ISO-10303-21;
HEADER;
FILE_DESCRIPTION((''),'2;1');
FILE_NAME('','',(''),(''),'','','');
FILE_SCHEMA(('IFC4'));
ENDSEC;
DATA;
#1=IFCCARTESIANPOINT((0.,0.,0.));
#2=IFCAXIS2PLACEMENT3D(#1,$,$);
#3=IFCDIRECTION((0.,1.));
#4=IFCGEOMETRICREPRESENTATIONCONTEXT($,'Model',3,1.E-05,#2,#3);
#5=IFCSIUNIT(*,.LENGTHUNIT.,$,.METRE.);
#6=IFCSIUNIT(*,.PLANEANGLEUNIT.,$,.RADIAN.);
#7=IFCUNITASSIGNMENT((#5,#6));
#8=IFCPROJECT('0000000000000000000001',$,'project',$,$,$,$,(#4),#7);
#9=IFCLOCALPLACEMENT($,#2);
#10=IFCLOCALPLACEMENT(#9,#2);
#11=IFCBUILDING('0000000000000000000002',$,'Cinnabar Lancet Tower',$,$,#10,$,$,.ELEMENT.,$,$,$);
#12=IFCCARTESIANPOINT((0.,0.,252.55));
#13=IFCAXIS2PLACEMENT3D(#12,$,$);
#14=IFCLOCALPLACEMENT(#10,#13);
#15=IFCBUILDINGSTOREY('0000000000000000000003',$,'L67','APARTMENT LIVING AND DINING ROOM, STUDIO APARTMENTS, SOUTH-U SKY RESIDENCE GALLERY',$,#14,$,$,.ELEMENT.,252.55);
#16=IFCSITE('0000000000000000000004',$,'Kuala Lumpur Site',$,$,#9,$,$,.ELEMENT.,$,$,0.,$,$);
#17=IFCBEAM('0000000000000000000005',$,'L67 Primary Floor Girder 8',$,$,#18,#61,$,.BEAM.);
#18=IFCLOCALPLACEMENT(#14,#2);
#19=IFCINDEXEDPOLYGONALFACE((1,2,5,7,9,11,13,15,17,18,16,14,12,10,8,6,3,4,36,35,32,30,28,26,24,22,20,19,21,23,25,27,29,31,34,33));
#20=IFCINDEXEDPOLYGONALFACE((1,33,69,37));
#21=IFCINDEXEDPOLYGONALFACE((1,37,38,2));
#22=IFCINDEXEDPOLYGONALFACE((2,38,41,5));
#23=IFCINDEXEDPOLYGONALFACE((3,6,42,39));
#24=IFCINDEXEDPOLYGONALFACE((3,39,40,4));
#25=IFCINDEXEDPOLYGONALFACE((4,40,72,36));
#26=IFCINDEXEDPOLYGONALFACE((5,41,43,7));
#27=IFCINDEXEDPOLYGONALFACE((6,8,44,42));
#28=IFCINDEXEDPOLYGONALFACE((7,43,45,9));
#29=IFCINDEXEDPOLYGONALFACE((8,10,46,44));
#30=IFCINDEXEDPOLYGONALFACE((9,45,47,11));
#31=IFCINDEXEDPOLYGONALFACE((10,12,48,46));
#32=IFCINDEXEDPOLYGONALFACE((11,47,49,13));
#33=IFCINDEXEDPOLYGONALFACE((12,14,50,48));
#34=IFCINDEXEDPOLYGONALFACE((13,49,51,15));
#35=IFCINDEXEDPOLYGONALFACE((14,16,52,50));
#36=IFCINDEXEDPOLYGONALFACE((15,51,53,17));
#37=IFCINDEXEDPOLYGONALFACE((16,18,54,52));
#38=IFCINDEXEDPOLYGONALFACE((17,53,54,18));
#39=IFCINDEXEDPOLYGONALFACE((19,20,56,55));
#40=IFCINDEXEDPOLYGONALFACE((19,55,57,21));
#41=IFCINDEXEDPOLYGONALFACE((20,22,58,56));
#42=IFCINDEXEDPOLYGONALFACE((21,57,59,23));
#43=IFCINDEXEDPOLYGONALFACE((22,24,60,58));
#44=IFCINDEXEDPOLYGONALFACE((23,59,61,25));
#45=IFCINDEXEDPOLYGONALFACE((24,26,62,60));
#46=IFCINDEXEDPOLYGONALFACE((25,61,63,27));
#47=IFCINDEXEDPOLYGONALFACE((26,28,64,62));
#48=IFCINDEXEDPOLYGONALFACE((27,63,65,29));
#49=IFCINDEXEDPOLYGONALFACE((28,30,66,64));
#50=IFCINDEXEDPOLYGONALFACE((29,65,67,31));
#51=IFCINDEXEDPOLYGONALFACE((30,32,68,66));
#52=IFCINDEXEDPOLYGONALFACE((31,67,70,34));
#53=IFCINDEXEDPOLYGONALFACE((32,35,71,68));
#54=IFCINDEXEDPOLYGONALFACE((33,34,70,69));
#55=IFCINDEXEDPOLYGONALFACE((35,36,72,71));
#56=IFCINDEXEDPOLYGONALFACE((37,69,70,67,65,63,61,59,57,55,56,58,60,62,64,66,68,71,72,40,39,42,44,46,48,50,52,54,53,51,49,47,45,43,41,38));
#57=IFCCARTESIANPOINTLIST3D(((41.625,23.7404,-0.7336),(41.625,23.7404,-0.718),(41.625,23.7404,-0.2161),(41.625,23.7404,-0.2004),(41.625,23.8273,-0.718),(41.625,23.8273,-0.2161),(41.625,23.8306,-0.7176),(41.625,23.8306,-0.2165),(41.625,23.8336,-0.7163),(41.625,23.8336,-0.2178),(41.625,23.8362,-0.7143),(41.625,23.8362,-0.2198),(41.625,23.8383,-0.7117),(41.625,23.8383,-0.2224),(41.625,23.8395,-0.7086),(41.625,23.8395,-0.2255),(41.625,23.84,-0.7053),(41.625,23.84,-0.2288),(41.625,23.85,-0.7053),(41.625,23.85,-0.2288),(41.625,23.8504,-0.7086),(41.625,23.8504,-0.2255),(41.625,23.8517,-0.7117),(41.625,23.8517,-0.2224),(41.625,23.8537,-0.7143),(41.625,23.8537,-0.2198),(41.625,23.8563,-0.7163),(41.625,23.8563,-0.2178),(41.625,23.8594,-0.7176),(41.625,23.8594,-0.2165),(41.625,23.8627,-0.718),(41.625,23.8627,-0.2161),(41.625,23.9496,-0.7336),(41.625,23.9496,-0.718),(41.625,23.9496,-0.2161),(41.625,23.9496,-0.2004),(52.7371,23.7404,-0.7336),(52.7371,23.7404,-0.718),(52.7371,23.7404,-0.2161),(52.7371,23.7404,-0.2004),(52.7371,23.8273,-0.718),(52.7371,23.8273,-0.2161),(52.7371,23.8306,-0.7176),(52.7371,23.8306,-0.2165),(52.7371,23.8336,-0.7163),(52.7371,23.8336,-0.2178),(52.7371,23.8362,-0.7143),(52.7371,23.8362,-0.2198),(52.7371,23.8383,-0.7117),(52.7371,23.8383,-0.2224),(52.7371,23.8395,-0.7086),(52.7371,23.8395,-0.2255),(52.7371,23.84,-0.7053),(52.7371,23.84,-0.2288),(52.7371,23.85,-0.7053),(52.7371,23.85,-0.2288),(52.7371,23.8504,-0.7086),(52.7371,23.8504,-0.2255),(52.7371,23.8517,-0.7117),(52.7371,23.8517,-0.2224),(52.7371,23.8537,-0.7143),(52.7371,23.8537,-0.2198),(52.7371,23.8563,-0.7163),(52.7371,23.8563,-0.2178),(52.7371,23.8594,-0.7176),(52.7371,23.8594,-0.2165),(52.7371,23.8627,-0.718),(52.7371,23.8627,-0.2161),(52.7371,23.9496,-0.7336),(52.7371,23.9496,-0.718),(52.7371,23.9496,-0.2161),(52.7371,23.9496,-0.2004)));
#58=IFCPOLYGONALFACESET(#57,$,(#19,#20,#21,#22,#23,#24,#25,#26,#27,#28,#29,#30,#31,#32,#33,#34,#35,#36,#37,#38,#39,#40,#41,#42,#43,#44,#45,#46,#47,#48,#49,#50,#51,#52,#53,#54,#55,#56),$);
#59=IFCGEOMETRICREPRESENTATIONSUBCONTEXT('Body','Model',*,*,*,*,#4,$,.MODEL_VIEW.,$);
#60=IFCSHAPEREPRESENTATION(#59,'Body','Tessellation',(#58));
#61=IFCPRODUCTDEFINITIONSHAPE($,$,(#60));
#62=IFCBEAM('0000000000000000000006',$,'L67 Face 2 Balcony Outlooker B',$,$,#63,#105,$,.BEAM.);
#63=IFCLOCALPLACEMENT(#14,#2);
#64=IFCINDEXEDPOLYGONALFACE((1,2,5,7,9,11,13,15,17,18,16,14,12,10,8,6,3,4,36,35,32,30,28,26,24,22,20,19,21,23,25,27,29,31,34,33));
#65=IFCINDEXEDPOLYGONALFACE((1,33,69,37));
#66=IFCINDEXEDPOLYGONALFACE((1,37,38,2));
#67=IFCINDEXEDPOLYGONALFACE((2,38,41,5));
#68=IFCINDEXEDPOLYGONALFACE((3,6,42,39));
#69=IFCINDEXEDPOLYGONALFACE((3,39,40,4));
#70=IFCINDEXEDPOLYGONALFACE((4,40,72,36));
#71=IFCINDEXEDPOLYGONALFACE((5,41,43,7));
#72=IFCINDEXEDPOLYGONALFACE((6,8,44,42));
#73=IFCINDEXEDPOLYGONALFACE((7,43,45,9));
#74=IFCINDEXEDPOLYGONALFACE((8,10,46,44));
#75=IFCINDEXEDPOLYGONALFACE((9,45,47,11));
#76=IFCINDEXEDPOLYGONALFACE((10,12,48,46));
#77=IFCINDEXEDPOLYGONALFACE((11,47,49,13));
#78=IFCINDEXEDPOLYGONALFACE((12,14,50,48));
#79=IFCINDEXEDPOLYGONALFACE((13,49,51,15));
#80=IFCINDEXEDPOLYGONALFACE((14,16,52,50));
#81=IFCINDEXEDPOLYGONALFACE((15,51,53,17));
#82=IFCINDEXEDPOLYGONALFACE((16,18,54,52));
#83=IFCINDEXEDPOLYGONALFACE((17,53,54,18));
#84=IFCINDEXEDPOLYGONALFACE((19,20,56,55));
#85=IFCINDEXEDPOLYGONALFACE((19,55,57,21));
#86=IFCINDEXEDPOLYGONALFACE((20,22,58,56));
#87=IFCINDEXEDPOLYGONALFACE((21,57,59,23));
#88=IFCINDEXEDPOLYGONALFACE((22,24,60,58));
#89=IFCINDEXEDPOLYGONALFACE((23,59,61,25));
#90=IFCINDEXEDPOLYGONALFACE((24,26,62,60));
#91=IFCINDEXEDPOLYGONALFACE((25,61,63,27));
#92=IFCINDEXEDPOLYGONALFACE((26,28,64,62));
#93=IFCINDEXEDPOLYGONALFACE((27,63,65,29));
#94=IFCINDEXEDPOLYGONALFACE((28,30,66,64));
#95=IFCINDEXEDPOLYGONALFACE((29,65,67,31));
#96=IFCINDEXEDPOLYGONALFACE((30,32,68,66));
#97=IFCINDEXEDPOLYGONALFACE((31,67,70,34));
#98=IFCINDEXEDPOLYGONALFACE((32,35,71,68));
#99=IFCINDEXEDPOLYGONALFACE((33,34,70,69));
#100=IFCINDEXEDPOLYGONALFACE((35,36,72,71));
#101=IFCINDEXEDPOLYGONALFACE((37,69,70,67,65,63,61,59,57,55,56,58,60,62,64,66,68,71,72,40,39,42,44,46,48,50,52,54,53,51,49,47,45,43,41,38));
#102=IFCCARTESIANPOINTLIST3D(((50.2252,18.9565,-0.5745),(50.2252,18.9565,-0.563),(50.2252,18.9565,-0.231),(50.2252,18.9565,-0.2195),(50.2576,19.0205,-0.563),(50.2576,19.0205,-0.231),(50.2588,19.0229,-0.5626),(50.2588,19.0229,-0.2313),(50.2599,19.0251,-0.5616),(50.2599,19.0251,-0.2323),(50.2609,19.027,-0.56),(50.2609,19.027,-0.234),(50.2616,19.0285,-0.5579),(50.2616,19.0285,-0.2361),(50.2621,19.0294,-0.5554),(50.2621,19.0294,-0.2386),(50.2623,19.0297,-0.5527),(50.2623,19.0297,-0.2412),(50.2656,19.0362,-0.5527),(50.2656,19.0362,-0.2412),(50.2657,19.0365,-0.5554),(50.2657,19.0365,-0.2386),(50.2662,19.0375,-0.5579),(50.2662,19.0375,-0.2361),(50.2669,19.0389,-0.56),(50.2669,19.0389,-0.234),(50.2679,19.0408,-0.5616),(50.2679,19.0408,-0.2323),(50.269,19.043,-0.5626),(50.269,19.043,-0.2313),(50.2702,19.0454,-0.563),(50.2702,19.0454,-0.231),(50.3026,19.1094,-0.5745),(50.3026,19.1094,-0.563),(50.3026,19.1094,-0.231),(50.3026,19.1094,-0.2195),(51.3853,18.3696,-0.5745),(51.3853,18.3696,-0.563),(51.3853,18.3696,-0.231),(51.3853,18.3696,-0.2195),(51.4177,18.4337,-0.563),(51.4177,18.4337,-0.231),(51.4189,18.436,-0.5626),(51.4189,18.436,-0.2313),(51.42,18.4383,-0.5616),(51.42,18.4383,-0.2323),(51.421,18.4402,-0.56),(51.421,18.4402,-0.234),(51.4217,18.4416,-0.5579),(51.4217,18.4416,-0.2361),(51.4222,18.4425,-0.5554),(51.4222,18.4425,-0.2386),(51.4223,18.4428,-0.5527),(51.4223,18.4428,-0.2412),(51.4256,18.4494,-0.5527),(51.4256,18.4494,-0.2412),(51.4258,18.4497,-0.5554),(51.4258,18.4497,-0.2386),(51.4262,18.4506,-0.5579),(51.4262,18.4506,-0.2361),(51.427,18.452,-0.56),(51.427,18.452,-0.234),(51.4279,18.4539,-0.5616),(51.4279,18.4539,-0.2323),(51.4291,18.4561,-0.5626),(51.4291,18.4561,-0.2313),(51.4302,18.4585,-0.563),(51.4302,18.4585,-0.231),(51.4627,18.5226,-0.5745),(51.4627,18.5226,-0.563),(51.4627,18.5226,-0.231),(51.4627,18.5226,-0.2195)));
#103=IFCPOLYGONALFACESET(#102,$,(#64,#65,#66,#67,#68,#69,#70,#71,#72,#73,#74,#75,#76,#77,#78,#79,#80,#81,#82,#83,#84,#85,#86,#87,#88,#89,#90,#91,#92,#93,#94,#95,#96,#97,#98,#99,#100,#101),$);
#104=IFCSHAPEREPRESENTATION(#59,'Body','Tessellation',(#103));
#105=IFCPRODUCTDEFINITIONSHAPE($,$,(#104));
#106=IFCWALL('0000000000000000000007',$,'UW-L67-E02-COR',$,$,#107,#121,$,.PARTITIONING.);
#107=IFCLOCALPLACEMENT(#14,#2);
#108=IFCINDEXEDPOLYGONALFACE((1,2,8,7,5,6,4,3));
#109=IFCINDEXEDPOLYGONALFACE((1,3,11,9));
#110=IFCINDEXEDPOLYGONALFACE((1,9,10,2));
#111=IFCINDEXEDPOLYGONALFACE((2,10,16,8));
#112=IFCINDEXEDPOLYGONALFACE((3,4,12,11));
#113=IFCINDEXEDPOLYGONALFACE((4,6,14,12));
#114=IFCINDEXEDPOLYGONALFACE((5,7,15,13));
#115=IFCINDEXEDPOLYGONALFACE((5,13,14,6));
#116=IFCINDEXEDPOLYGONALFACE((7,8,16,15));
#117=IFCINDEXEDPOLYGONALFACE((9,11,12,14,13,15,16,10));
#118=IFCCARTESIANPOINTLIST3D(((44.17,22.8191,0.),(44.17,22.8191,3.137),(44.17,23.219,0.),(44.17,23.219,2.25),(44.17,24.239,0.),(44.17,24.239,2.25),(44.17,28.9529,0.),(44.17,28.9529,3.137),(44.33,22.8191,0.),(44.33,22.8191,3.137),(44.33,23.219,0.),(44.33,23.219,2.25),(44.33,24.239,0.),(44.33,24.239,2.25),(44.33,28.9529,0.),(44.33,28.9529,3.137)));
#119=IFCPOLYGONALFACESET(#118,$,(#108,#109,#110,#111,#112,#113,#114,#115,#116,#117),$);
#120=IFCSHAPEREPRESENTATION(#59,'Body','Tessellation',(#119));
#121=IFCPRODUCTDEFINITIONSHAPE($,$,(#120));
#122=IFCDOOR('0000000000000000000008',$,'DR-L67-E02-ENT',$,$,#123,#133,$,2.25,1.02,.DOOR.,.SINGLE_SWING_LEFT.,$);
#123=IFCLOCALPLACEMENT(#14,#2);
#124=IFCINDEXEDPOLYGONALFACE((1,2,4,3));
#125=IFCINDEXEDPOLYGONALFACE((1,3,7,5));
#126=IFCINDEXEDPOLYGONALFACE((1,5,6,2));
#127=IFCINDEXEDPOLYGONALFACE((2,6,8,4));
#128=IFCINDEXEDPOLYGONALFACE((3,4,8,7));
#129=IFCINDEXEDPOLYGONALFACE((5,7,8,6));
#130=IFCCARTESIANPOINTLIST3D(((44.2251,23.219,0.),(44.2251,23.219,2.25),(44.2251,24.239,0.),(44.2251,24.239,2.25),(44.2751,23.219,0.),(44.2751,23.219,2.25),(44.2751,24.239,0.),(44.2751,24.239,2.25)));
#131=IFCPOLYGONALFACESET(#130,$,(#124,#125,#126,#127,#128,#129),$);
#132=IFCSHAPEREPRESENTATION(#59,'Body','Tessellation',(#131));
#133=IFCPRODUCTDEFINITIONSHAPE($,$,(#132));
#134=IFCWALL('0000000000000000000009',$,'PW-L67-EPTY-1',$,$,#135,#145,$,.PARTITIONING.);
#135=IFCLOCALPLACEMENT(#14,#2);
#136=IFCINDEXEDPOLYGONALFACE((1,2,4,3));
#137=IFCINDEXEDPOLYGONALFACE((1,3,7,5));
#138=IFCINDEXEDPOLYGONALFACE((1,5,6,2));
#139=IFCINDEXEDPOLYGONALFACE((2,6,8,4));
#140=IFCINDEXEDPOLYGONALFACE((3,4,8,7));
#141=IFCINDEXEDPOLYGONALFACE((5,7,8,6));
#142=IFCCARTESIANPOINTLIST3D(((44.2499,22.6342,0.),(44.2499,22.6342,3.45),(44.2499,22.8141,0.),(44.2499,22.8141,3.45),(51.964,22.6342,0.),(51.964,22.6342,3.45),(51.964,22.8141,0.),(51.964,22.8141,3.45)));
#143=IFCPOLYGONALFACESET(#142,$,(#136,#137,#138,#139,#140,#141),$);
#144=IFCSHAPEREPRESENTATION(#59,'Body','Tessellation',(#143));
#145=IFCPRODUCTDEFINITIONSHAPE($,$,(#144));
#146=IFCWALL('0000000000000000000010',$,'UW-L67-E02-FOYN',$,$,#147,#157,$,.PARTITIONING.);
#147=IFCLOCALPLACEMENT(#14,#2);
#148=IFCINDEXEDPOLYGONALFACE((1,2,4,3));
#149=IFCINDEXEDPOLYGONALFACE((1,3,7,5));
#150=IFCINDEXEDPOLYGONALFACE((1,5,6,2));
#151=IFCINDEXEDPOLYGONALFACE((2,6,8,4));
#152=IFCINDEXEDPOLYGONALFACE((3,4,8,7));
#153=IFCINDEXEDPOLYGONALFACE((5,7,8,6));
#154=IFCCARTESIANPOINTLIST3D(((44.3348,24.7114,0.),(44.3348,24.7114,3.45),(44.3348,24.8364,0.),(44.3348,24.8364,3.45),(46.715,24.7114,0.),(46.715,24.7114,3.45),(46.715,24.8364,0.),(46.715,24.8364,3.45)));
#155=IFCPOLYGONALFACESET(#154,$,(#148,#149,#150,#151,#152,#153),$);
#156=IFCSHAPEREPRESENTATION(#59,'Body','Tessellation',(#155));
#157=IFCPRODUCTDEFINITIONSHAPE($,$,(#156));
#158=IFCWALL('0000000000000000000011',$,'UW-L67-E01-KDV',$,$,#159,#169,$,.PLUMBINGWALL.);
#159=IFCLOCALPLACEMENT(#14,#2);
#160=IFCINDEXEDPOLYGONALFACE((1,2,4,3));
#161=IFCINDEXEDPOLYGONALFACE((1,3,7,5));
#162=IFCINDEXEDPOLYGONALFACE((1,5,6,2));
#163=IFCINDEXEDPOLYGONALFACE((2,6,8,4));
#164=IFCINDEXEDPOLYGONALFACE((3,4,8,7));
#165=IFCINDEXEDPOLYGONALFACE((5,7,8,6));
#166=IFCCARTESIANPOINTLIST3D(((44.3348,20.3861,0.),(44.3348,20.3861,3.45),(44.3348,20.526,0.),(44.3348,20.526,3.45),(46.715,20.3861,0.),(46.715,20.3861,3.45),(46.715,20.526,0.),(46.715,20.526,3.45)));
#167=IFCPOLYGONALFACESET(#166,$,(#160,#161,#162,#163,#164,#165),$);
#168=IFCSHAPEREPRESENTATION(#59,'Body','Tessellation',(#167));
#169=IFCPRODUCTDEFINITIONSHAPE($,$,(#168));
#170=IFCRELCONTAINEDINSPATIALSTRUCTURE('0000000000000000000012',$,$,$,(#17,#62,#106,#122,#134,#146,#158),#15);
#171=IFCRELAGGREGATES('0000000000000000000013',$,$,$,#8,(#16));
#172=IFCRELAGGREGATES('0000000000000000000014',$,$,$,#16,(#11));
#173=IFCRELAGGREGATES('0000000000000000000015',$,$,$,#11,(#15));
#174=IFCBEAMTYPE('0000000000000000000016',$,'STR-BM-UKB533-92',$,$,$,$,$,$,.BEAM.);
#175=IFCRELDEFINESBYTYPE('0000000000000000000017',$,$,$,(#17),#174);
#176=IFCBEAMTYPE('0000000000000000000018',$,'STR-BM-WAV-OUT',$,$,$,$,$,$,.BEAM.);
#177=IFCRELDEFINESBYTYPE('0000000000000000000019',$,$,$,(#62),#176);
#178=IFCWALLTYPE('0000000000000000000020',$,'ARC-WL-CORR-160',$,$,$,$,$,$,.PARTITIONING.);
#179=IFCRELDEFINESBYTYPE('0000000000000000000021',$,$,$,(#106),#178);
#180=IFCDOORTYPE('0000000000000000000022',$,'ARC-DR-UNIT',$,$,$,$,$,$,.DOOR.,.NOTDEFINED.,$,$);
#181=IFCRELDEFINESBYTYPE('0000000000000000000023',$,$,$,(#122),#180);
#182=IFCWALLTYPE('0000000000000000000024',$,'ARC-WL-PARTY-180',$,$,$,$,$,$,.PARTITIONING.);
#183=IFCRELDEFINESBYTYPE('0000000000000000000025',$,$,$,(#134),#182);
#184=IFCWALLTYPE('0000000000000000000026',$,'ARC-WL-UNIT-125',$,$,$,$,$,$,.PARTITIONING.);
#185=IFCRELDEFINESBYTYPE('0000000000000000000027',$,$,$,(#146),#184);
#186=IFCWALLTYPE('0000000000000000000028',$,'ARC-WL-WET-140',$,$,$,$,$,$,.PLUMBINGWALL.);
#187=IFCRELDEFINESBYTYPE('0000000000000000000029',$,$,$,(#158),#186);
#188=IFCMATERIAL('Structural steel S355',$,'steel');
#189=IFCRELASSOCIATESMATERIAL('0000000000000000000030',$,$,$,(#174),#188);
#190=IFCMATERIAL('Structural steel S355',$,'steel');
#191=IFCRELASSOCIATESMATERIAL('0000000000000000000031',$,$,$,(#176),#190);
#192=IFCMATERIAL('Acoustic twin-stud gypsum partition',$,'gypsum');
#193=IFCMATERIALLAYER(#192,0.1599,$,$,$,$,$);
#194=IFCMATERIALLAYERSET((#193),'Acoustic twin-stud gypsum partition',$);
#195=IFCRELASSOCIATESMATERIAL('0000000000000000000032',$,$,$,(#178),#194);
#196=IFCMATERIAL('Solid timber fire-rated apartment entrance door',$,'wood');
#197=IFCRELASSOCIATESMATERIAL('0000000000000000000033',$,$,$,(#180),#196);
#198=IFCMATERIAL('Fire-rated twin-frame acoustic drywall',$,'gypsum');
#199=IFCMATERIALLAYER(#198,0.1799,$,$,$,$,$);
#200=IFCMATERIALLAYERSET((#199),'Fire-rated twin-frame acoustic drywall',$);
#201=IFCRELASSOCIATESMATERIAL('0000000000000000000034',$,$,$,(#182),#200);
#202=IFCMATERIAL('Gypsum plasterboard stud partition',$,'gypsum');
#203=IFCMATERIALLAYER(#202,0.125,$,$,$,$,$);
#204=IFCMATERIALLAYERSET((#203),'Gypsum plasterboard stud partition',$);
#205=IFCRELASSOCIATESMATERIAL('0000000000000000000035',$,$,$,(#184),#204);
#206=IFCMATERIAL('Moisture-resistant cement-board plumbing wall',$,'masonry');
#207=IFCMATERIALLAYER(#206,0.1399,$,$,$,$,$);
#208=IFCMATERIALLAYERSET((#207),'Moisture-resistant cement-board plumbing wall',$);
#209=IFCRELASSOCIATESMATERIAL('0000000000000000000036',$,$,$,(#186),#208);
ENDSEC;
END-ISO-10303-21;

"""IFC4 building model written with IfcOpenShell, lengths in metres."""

from ifc_helpers import new_model, si_unit, direction, frame, frame_2d, origin, origin_2d, place, context, subcontext, project, spatial, rectangle, i_section, extrude, material, layer, layer_set, material_profile, profile_set, type_object, element, fill, save


model = new_model("IFC4")

# Units and contexts
model_context = context("Model", 3, precision=1e-05, world=origin(), true_north=direction((0.0, 1.0)))
body_context = subcontext(model_context, "Body", "Model", "MODEL_VIEW")
ifc_project = project(units=[si_unit("LENGTHUNIT", "METRE"), si_unit("PLANEANGLEUNIT", "RADIAN")], contexts=[model_context])

# Site, building, storey
site_placement = place(None, origin())
site = spatial("IfcSite", under=ifc_project, at=site_placement, Name="Kuala Lumpur Site", CompositionType="ELEMENT", RefElevation=0.0)
building_placement = place(site_placement, origin())
building = spatial("IfcBuilding", under=site, at=building_placement, Name="Cinnabar Lancet Tower", CompositionType="ELEMENT")
storey_placement = place(building_placement, frame((0.0, 0.0, 252.55)))
storey = spatial("IfcBuildingStorey", under=building, at=storey_placement, Name="L67", Description="APARTMENT LIVING AND DINING ROOM, STUDIO APARTMENTS, SOUTH-U SKY RESIDENCE GALLERY", CompositionType="ELEMENT", Elevation=252.55)

# Beams
ifc_material_1 = material(Name="Structural steel S355", Category="steel")
ifc_material_profile_1 = material_profile(ifc_material_1, i_section(OverallWidth=0.2092, OverallDepth=0.5332, WebThickness=0.01, FlangeThickness=0.0156, FilletRadius=0.0127, at=origin_2d()), Name="UKB 533x210x92")
ifc_profile_set_1 = profile_set([ifc_material_profile_1], Name="Structural steel S355")
beam_type_1 = type_object("IfcBeamType", Name="STR-BM-UKB533-92", PredefinedType="BEAM", material=ifc_profile_set_1)
beam_1_placement = place(storey_placement, frame((52.7371, 23.845, -0.467), z_axis=(-1.0, 0.0, 0.0), x_axis=(0.0, -1.0, 0.0)))
element("IfcBeam", 1, at=beam_1_placement, inside=storey, type_object=beam_type_1, Name="L67 Primary Floor Girder 8", PredefinedType="BEAM", context=body_context, shape_type="SweptSolid", body=[
    extrude(i_section(OverallWidth=0.2092, OverallDepth=0.5332, WebThickness=0.01, FlangeThickness=0.0156, FilletRadius=0.0127, at=origin_2d()), origin(), (0.0, 0.0, 1.0), 11.1121),
])
ifc_material_2 = material(Name="Structural steel S355", Category="steel")
ifc_material_profile_2 = material_profile(ifc_material_2, i_section(OverallWidth=0.1714, OverallDepth=0.355, WebThickness=0.0073, FlangeThickness=0.0115, FilletRadius=0.0103, at=origin_2d()), Name="UKB 356x171x51")
ifc_profile_set_2 = profile_set([ifc_material_profile_2], Name="Structural steel S355")
beam_type_2 = type_object("IfcBeamType", Name="STR-BM-WAV-OUT", PredefinedType="BEAM", material=ifc_profile_set_2)
beam_2_placement = place(storey_placement, frame((50.2639, 19.033, -0.397), z_axis=(0.892314, -0.451415, 0.0), x_axis=(0.451415, 0.892314, 0.0)))
element("IfcBeam", 2, at=beam_2_placement, inside=storey, type_object=beam_type_2, Name="L67 Face 2 Balcony Outlooker B", PredefinedType="BEAM", context=body_context, shape_type="SweptSolid", body=[
    extrude(i_section(OverallWidth=0.1714, OverallDepth=0.355, WebThickness=0.0073, FlangeThickness=0.0115, FilletRadius=0.0103, at=origin_2d()), origin(), (0.0, 0.0, 1.0), 1.3),
])

# Wall, opening, door
ifc_material_3 = material(Name="Acoustic twin-stud gypsum partition", Category="gypsum")
ifc_layer_1 = layer(ifc_material_3, 0.1599)
ifc_layer_set_1 = layer_set([ifc_layer_1], Name="Acoustic twin-stud gypsum partition")
wall_type_1 = type_object("IfcWallType", Name="ARC-WL-CORR-160", PredefinedType="PARTITIONING", material=ifc_layer_set_1)
wall_1_placement = place(storey_placement, frame((44.25, 22.8191, 0.0), z_axis=(0.0, 0.0, 1.0), x_axis=(0.0, 1.0, 0.0)))
wall_1 = element("IfcWall", 3, at=wall_1_placement, inside=storey, type_object=wall_type_1, Name="UW-L67-E02-COR", PredefinedType="PARTITIONING", context=body_context, shape_type="SweptSolid", body=[
    extrude(rectangle(XDim=6.1338, YDim=0.1599, at=frame_2d((3.0669, 0.0))), origin(), (0.0, 0.0, 1.0), 3.137),
])
opening_1_placement = place(wall_1_placement, frame((0.3999, 0.0, 0.0)))
opening_1 = element("IfcOpeningElement", 4, at=opening_1_placement, cuts=wall_1, PredefinedType="OPENING", context=body_context, shape_type="SweptSolid", body=[
    extrude(rectangle(XDim=1.02, YDim=2.25, at=frame_2d((0.51, 1.125))), frame((0.0, 0.0898, 0.0), z_axis=(0.0, -1.0, 0.0), x_axis=(1.0, 0.0, 0.0)), (0.0, 0.0, 1.0), 0.1799),
])
ifc_material_4 = material(Name="Solid timber fire-rated apartment entrance door", Category="wood")
door_type_1 = type_object("IfcDoorType", Name="ARC-DR-UNIT", OperationType="NOTDEFINED", PredefinedType="DOOR", material=ifc_material_4)
door_1_placement = place(opening_1_placement, origin())
door_1 = element("IfcDoor", 5, at=door_1_placement, inside=storey, type_object=door_type_1, Name="DR-L67-E02-ENT", OperationType="SINGLE_SWING_LEFT", OverallHeight=2.25, OverallWidth=1.02, PredefinedType="DOOR", context=body_context, shape_type="SweptSolid", body=[
    extrude(rectangle(XDim=1.02, YDim=2.25, at=frame_2d((0.51, 1.125))), frame((0.0, 0.0249, 0.0), z_axis=(0.0, -1.0, 0.0), x_axis=(1.0, 0.0, 0.0)), (0.0, 0.0, 1.0), 0.05),
])
fill(opening_1, door_1)

# Walls
ifc_material_5 = material(Name="Fire-rated twin-frame acoustic drywall", Category="gypsum")
ifc_layer_2 = layer(ifc_material_5, 0.1799)
ifc_layer_set_2 = layer_set([ifc_layer_2], Name="Fire-rated twin-frame acoustic drywall")
wall_type_2 = type_object("IfcWallType", Name="ARC-WL-PARTY-180", PredefinedType="PARTITIONING", material=ifc_layer_set_2)
wall_2_placement = place(storey_placement, frame((44.25, 22.7241, 0.0), z_axis=(0.0, 0.0, 1.0), x_axis=(1.0, 0.0, 0.0)))
element("IfcWall", 6, at=wall_2_placement, inside=storey, type_object=wall_type_2, Name="PW-L67-EPTY-1", PredefinedType="PARTITIONING", context=body_context, shape_type="SweptSolid", body=[
    extrude(rectangle(XDim=7.7141, YDim=0.1799, at=frame_2d((3.8569, 0.0))), origin(), (0.0, 0.0, 1.0), 3.45),
])
ifc_material_6 = material(Name="Gypsum plasterboard stud partition", Category="gypsum")
ifc_layer_3 = layer(ifc_material_6, 0.125)
ifc_layer_set_3 = layer_set([ifc_layer_3], Name="Gypsum plasterboard stud partition")
wall_type_3 = type_object("IfcWallType", Name="ARC-WL-UNIT-125", PredefinedType="PARTITIONING", material=ifc_layer_set_3)
wall_3_placement = place(storey_placement, frame((44.335, 24.7739, 0.0), z_axis=(0.0, 0.0, 1.0), x_axis=(1.0, 0.0, 0.0)))
element("IfcWall", 7, at=wall_3_placement, inside=storey, type_object=wall_type_3, Name="UW-L67-E02-FOYN", PredefinedType="PARTITIONING", context=body_context, shape_type="SweptSolid", body=[
    extrude(rectangle(XDim=2.3801, YDim=0.125, at=frame_2d((1.1899, 0.0))), origin(), (0.0, 0.0, 1.0), 3.45),
])
ifc_material_7 = material(Name="Moisture-resistant cement-board plumbing wall", Category="masonry")
ifc_layer_4 = layer(ifc_material_7, 0.1399)
ifc_layer_set_4 = layer_set([ifc_layer_4], Name="Moisture-resistant cement-board plumbing wall")
wall_type_4 = type_object("IfcWallType", Name="ARC-WL-WET-140", PredefinedType="PLUMBINGWALL", material=ifc_layer_set_4)
wall_4_placement = place(storey_placement, frame((44.335, 20.4561, 0.0), z_axis=(0.0, 0.0, 1.0), x_axis=(1.0, 0.0, 0.0)))
element("IfcWall", 8, at=wall_4_placement, inside=storey, type_object=wall_type_4, Name="UW-L67-E01-KDV", PredefinedType="PLUMBINGWALL", context=body_context, shape_type="SweptSolid", body=[
    extrude(rectangle(XDim=2.3801, YDim=0.1399, at=frame_2d((1.1899, 0.0))), origin(), (0.0, 0.0, 1.0), 3.45),
])

save(model, "model.ifc")
